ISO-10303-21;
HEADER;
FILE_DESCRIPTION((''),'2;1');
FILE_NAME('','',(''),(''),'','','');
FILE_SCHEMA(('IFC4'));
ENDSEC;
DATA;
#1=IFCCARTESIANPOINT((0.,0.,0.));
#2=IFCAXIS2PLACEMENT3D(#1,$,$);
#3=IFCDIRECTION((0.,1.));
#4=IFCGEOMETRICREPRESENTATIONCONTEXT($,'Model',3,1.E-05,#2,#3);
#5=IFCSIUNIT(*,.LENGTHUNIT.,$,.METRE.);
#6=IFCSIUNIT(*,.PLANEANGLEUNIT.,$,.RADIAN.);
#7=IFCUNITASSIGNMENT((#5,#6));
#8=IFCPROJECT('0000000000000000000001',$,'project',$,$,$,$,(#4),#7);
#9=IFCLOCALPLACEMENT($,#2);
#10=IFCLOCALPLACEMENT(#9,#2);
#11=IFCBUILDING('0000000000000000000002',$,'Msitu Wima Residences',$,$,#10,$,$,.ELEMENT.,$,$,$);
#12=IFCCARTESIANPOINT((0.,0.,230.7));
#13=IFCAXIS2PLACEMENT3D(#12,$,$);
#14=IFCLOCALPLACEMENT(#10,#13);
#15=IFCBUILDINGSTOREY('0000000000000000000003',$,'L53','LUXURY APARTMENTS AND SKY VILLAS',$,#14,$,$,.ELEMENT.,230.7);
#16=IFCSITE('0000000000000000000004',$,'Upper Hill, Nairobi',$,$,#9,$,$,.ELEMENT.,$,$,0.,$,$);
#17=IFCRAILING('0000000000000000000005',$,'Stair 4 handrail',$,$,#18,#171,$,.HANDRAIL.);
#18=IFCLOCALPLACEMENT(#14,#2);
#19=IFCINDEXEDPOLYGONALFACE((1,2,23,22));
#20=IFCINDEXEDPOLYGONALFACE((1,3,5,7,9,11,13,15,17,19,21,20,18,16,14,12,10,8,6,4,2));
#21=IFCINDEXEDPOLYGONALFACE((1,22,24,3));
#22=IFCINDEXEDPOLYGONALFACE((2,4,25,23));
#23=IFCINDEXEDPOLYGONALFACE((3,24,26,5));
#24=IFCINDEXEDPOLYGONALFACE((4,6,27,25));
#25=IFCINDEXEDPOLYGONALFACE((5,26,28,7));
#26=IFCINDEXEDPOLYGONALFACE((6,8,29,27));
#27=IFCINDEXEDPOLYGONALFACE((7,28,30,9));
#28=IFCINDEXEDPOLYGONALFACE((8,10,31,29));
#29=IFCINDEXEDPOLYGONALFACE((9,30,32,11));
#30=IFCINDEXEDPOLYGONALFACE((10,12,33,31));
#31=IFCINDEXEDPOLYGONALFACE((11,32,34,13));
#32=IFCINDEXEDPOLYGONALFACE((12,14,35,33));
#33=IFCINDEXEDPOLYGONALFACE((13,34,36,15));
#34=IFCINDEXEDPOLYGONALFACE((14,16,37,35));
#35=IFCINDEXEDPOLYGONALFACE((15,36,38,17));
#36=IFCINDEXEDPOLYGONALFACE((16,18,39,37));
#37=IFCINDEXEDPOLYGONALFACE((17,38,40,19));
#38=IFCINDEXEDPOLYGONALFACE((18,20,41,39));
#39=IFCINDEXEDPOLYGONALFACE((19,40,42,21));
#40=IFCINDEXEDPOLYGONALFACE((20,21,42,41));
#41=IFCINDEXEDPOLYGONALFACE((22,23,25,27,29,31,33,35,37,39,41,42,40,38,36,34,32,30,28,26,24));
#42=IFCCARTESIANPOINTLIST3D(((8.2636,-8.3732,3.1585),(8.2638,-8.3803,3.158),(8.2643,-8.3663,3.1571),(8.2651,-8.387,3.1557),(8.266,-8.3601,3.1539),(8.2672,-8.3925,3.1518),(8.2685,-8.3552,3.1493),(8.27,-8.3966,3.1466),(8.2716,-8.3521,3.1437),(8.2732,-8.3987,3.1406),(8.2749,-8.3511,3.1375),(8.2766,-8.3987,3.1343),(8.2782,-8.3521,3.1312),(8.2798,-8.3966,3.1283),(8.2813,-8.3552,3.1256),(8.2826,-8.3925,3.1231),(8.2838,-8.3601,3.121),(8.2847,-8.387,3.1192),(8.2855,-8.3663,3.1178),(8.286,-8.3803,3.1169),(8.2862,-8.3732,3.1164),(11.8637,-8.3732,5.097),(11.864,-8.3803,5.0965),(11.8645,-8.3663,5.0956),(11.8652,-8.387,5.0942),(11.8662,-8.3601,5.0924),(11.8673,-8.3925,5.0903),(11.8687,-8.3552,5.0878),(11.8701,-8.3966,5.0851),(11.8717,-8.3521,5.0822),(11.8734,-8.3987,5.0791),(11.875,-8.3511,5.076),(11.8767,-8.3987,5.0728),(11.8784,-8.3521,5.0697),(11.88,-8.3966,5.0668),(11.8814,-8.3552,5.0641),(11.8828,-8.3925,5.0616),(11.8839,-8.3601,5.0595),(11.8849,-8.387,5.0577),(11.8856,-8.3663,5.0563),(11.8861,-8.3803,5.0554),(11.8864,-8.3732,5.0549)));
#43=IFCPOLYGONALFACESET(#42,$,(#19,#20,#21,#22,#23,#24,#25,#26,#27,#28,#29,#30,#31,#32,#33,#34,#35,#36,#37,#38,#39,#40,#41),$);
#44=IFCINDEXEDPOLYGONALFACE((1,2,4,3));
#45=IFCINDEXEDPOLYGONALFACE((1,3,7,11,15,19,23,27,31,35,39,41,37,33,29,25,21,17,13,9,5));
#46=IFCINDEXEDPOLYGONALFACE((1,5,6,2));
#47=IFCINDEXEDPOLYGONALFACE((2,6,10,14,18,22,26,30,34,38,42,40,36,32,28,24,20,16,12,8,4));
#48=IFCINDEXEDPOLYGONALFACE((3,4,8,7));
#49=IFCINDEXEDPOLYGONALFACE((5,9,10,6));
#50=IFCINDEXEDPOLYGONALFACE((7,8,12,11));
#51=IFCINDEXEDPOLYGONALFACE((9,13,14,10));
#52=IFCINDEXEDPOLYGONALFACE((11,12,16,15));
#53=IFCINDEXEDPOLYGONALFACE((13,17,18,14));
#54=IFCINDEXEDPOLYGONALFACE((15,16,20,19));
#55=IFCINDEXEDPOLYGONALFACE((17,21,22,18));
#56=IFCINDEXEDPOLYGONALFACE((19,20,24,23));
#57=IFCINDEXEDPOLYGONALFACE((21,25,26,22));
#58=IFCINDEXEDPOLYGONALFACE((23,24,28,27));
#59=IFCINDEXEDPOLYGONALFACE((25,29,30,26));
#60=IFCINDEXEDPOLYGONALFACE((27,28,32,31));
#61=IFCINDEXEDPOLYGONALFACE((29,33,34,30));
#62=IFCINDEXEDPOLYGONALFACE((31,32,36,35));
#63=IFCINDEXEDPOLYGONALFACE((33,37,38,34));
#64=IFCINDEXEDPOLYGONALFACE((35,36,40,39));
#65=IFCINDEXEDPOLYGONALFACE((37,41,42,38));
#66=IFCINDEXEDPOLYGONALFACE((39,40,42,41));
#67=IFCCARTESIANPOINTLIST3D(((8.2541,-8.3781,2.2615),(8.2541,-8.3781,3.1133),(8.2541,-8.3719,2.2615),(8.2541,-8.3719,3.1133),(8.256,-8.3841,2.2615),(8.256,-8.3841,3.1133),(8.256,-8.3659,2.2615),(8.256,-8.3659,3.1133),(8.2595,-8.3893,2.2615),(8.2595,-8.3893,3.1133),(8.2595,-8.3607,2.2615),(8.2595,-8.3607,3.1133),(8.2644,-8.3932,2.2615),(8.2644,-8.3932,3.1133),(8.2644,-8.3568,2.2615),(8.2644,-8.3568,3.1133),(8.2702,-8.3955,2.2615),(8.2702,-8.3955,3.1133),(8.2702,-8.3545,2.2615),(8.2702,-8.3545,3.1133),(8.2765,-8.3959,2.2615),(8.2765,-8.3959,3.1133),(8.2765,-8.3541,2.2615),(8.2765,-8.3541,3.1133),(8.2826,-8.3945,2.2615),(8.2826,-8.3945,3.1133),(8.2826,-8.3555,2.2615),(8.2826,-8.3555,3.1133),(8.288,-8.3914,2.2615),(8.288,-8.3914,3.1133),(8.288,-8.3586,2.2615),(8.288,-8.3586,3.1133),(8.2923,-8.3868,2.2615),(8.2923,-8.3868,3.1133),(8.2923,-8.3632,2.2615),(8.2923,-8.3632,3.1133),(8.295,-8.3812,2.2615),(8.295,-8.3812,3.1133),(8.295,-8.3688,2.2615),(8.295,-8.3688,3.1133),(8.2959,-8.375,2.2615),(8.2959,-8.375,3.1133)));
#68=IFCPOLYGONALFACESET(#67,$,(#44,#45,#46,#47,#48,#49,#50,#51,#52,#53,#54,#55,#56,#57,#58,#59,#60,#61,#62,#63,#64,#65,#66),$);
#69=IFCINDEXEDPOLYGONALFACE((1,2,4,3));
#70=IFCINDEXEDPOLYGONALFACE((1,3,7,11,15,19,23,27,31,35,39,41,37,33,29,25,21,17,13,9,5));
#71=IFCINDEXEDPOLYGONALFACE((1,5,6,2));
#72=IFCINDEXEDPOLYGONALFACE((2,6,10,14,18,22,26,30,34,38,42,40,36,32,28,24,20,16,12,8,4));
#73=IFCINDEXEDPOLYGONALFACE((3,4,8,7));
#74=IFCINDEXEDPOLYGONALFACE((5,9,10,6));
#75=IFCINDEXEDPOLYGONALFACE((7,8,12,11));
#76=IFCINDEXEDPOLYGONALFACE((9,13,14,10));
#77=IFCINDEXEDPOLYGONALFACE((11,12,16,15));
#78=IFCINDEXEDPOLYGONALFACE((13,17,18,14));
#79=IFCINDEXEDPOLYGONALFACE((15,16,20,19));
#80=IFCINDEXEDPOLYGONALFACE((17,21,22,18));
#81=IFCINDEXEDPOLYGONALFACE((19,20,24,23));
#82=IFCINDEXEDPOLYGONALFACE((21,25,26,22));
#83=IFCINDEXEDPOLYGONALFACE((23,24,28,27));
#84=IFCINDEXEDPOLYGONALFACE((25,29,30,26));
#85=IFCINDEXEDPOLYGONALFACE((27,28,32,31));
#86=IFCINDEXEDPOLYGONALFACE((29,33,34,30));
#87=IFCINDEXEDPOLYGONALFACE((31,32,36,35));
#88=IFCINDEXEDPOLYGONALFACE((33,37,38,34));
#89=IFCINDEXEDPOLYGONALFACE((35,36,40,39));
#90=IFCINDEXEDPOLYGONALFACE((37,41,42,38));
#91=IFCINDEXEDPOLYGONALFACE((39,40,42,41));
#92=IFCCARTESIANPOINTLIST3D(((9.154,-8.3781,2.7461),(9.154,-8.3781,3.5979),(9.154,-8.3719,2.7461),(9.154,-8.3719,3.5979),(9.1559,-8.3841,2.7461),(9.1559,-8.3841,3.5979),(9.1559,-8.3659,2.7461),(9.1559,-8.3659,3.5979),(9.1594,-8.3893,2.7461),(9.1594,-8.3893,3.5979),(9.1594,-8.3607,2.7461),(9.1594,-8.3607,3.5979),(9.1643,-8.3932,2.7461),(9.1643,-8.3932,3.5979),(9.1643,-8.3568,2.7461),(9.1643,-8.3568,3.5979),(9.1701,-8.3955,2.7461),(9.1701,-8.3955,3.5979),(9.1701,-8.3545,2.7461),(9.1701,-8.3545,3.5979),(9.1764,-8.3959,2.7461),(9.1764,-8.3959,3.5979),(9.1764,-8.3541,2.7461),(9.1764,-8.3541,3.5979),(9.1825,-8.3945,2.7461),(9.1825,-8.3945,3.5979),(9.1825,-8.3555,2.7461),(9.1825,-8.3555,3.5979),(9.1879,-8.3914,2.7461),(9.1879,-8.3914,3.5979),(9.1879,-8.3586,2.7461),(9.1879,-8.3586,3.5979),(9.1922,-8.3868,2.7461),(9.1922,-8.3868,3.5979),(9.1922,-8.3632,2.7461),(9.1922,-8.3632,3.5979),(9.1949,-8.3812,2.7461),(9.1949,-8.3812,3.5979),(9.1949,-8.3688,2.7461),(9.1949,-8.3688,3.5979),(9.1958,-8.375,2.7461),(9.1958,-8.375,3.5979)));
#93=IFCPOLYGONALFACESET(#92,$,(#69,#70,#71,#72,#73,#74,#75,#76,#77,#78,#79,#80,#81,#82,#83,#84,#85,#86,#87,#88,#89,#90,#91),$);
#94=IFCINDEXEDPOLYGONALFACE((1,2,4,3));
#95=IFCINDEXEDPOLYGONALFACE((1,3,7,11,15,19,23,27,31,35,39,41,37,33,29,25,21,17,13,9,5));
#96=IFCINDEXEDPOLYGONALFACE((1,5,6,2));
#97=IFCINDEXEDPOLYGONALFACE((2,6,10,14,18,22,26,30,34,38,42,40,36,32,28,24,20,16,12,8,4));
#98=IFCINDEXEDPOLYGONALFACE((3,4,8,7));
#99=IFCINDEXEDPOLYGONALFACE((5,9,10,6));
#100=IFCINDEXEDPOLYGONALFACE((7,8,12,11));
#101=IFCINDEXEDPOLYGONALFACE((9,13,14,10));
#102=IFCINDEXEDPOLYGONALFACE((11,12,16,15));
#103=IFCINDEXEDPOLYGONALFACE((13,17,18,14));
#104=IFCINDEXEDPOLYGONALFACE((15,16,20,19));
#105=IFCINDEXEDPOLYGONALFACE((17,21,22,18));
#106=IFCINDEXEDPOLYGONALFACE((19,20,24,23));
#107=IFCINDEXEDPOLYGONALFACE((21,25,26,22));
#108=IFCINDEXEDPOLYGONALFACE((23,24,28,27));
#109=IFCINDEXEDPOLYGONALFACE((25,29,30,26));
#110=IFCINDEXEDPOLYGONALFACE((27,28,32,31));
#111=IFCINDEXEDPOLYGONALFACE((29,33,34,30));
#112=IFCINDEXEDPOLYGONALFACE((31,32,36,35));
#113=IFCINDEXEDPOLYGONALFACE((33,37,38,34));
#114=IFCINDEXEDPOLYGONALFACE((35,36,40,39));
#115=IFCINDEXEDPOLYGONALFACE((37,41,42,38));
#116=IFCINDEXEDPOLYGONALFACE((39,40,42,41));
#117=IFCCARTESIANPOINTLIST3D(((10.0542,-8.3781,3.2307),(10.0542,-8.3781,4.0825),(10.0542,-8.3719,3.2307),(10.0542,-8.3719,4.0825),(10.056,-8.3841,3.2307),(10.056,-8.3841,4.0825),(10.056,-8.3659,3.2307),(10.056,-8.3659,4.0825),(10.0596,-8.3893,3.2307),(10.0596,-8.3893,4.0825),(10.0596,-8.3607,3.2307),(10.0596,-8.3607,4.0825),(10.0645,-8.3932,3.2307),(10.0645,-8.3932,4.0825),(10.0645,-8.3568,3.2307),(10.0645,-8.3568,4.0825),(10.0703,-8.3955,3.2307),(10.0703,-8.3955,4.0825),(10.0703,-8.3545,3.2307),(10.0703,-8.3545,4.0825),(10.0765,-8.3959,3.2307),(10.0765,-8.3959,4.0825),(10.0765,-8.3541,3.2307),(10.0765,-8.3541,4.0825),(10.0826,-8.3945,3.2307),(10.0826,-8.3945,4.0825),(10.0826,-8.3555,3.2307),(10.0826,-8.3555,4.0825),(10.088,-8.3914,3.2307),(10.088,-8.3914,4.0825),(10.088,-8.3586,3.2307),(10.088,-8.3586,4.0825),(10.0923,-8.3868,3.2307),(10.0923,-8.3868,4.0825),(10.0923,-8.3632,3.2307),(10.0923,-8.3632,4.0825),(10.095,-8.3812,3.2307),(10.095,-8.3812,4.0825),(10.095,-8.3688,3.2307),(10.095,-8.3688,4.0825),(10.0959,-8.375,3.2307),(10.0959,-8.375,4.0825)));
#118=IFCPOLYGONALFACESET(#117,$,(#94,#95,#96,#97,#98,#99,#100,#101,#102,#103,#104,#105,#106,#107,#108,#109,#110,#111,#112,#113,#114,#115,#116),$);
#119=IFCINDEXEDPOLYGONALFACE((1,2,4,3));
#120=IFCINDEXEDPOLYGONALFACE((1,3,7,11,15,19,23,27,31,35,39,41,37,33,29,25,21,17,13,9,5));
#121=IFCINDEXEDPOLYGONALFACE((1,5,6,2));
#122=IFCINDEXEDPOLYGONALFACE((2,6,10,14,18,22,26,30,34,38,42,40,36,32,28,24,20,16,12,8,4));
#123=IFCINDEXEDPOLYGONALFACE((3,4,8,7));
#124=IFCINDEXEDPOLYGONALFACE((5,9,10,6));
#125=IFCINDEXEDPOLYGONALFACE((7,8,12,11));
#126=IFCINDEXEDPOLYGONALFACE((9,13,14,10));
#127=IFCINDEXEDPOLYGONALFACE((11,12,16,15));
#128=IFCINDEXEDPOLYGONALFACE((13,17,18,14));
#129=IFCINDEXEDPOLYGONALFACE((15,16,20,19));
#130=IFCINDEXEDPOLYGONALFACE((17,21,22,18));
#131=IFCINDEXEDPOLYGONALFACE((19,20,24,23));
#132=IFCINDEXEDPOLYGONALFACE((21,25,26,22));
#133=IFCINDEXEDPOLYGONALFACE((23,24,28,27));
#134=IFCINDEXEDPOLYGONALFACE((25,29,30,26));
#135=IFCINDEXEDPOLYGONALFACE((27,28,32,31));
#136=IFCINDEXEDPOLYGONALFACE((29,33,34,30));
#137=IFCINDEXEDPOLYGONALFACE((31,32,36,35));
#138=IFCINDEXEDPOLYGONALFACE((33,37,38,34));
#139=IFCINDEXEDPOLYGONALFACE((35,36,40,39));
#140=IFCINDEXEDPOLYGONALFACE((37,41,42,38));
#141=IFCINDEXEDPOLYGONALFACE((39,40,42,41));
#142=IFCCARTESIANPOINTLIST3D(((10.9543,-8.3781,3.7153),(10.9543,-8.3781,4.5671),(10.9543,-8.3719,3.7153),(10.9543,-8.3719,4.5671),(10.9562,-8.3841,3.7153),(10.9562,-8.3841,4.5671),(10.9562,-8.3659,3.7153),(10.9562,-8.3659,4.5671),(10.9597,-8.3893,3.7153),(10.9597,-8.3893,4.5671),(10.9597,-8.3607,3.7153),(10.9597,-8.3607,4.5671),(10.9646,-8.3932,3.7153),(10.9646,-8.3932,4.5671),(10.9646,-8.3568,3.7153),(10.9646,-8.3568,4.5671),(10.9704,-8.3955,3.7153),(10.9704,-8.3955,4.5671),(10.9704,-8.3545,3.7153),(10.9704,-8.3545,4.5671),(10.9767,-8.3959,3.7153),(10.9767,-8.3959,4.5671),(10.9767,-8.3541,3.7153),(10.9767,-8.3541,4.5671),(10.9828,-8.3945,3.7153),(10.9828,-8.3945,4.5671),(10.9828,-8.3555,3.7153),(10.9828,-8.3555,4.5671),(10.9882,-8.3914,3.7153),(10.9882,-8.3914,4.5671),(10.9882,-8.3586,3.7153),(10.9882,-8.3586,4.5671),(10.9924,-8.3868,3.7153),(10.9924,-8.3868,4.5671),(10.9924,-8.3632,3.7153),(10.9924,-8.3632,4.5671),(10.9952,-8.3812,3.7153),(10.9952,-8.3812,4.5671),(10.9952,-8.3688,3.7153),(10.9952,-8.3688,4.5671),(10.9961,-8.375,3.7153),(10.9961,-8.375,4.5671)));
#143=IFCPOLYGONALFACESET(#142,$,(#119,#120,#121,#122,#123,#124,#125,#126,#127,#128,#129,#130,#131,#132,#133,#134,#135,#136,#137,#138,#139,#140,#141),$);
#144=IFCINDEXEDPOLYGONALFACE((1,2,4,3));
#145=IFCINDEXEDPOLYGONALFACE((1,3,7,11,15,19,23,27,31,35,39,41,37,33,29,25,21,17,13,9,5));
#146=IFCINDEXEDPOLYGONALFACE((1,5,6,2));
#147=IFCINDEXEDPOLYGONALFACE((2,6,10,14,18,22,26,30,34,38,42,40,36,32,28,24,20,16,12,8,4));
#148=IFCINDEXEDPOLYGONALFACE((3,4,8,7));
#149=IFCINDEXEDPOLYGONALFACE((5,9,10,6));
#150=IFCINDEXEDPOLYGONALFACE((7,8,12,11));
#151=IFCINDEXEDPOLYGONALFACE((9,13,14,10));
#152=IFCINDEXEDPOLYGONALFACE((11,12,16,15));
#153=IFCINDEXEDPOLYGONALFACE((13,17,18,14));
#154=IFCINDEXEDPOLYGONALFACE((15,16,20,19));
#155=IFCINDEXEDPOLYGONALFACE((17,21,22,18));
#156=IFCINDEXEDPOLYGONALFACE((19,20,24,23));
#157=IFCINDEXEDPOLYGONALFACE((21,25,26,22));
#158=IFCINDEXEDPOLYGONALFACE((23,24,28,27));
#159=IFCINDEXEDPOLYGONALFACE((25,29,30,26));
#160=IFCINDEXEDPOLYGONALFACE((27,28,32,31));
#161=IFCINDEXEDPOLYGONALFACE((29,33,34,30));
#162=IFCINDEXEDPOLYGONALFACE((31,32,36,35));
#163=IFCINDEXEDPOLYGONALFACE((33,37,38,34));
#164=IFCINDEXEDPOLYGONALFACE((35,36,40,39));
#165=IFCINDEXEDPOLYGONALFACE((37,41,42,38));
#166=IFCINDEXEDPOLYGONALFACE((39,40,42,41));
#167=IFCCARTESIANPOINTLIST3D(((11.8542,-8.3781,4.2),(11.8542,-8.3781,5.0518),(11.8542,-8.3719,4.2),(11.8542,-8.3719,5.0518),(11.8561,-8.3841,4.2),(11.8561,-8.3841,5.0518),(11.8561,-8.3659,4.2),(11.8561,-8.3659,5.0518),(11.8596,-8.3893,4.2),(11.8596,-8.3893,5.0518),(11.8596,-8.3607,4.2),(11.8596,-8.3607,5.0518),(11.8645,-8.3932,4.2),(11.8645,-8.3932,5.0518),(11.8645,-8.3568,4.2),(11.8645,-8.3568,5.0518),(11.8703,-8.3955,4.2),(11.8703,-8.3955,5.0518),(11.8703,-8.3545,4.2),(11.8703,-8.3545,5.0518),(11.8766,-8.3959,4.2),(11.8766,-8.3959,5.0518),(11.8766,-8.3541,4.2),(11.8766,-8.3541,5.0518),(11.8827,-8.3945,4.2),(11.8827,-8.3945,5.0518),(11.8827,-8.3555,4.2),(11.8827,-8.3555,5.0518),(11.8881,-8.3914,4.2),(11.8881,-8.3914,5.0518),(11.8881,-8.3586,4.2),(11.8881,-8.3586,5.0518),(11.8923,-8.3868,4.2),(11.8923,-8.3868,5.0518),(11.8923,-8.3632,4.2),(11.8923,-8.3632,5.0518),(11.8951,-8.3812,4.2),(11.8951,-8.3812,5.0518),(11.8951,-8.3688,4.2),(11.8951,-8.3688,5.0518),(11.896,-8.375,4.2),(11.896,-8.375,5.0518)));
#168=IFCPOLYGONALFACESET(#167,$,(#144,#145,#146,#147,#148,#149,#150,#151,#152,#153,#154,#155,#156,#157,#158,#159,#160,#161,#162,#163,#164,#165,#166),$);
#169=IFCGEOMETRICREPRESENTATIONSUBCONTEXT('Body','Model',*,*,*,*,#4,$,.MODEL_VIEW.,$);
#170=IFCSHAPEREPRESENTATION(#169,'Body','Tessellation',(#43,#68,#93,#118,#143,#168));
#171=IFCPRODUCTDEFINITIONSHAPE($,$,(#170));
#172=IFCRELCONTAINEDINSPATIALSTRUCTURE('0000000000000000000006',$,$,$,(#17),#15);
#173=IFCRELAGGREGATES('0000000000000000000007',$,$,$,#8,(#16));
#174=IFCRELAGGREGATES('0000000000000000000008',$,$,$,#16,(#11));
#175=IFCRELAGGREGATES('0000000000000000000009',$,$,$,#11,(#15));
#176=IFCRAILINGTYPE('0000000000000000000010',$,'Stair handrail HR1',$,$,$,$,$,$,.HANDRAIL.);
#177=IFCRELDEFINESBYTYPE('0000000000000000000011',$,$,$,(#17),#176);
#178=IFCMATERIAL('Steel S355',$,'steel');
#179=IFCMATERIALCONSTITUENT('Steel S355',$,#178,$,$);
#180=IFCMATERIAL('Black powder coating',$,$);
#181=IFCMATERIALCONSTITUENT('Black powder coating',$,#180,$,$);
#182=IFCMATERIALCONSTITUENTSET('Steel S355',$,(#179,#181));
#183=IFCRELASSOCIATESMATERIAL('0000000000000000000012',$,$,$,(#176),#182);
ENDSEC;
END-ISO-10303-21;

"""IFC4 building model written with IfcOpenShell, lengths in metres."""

from ifc_helpers import new_model, si_unit, direction, frame, origin, origin_2d, place, context, subcontext, project, spatial, circle, extrude, material, constituent, constituent_set, type_object, element, save


model = new_model("IFC4")

# Units and contexts
model_context = context("Model", 3, precision=1e-05, world=origin(), true_north=direction((0.0, 1.0)))
body_context = subcontext(model_context, "Body", "Model", "MODEL_VIEW")
ifc_project = project(units=[si_unit("LENGTHUNIT", "METRE"), si_unit("PLANEANGLEUNIT", "RADIAN")], contexts=[model_context])

# Site, building, storey
site_placement = place(None, origin())
site = spatial("IfcSite", under=ifc_project, at=site_placement, Name="Upper Hill, Nairobi", CompositionType="ELEMENT", RefElevation=0.0)
building_placement = place(site_placement, origin())
building = spatial("IfcBuilding", under=site, at=building_placement, Name="Msitu Wima Residences", CompositionType="ELEMENT")
storey_placement = place(building_placement, frame((0.0, 0.0, 230.7)))
storey = spatial("IfcBuildingStorey", under=building, at=storey_placement, Name="L53", Description="LUXURY APARTMENTS AND SKY VILLAS", CompositionType="ELEMENT", Elevation=230.7)

# Railing
ifc_material_1 = material(Name="Steel S355", Category="steel")
ifc_constituent_1 = constituent(ifc_material_1, Name="Steel S355")
ifc_material_2 = material(Name="Black powder coating")
ifc_constituent_2 = constituent(ifc_material_2, Name="Black powder coating")
ifc_constituent_set = constituent_set(constituents=[ifc_constituent_1, ifc_constituent_2], Name="Steel S355")
railing_type = type_object("IfcRailingType", Name="Stair handrail HR1", PredefinedType="HANDRAIL", material=ifc_constituent_set)
for number, where, name in (
    (1, (8.2749, -8.375, 2.2615), "Stair 4 handrail"),
):
    element("IfcRailing", number, at=place(storey_placement, frame(where)), inside=storey, type_object=railing_type, Name=name, PredefinedType="HANDRAIL", context=body_context, shape_type="SweptSolid", body=[
        extrude(circle(Radius=0.0239, at=origin_2d()), frame((0.0, 0.0, 0.876), z_axis=(0.880475, 0.0, 0.474093), x_axis=(0.0, 1.0, 0.0)), (0.0, 0.0, 1.0), 4.0889),
        extrude(circle(Radius=0.021, at=origin_2d()), origin(), (0.0, 0.0, 1.0), 0.8518),
        extrude(circle(Radius=0.021, at=origin_2d()), frame((0.8999, 0.0, 0.4846)), (0.0, 0.0, 1.0), 0.8518),
        extrude(circle(Radius=0.021, at=origin_2d()), frame((1.8, 0.0, 0.9692)), (0.0, 0.0, 1.0), 0.8518),
        extrude(circle(Radius=0.021, at=origin_2d()), frame((2.7002, 0.0, 1.4539)), (0.0, 0.0, 1.0), 0.8518),
        extrude(circle(Radius=0.021, at=origin_2d()), frame((3.6001, 0.0, 1.9385)), (0.0, 0.0, 1.0), 0.8518),
    ])

save(model, "model.ifc")
